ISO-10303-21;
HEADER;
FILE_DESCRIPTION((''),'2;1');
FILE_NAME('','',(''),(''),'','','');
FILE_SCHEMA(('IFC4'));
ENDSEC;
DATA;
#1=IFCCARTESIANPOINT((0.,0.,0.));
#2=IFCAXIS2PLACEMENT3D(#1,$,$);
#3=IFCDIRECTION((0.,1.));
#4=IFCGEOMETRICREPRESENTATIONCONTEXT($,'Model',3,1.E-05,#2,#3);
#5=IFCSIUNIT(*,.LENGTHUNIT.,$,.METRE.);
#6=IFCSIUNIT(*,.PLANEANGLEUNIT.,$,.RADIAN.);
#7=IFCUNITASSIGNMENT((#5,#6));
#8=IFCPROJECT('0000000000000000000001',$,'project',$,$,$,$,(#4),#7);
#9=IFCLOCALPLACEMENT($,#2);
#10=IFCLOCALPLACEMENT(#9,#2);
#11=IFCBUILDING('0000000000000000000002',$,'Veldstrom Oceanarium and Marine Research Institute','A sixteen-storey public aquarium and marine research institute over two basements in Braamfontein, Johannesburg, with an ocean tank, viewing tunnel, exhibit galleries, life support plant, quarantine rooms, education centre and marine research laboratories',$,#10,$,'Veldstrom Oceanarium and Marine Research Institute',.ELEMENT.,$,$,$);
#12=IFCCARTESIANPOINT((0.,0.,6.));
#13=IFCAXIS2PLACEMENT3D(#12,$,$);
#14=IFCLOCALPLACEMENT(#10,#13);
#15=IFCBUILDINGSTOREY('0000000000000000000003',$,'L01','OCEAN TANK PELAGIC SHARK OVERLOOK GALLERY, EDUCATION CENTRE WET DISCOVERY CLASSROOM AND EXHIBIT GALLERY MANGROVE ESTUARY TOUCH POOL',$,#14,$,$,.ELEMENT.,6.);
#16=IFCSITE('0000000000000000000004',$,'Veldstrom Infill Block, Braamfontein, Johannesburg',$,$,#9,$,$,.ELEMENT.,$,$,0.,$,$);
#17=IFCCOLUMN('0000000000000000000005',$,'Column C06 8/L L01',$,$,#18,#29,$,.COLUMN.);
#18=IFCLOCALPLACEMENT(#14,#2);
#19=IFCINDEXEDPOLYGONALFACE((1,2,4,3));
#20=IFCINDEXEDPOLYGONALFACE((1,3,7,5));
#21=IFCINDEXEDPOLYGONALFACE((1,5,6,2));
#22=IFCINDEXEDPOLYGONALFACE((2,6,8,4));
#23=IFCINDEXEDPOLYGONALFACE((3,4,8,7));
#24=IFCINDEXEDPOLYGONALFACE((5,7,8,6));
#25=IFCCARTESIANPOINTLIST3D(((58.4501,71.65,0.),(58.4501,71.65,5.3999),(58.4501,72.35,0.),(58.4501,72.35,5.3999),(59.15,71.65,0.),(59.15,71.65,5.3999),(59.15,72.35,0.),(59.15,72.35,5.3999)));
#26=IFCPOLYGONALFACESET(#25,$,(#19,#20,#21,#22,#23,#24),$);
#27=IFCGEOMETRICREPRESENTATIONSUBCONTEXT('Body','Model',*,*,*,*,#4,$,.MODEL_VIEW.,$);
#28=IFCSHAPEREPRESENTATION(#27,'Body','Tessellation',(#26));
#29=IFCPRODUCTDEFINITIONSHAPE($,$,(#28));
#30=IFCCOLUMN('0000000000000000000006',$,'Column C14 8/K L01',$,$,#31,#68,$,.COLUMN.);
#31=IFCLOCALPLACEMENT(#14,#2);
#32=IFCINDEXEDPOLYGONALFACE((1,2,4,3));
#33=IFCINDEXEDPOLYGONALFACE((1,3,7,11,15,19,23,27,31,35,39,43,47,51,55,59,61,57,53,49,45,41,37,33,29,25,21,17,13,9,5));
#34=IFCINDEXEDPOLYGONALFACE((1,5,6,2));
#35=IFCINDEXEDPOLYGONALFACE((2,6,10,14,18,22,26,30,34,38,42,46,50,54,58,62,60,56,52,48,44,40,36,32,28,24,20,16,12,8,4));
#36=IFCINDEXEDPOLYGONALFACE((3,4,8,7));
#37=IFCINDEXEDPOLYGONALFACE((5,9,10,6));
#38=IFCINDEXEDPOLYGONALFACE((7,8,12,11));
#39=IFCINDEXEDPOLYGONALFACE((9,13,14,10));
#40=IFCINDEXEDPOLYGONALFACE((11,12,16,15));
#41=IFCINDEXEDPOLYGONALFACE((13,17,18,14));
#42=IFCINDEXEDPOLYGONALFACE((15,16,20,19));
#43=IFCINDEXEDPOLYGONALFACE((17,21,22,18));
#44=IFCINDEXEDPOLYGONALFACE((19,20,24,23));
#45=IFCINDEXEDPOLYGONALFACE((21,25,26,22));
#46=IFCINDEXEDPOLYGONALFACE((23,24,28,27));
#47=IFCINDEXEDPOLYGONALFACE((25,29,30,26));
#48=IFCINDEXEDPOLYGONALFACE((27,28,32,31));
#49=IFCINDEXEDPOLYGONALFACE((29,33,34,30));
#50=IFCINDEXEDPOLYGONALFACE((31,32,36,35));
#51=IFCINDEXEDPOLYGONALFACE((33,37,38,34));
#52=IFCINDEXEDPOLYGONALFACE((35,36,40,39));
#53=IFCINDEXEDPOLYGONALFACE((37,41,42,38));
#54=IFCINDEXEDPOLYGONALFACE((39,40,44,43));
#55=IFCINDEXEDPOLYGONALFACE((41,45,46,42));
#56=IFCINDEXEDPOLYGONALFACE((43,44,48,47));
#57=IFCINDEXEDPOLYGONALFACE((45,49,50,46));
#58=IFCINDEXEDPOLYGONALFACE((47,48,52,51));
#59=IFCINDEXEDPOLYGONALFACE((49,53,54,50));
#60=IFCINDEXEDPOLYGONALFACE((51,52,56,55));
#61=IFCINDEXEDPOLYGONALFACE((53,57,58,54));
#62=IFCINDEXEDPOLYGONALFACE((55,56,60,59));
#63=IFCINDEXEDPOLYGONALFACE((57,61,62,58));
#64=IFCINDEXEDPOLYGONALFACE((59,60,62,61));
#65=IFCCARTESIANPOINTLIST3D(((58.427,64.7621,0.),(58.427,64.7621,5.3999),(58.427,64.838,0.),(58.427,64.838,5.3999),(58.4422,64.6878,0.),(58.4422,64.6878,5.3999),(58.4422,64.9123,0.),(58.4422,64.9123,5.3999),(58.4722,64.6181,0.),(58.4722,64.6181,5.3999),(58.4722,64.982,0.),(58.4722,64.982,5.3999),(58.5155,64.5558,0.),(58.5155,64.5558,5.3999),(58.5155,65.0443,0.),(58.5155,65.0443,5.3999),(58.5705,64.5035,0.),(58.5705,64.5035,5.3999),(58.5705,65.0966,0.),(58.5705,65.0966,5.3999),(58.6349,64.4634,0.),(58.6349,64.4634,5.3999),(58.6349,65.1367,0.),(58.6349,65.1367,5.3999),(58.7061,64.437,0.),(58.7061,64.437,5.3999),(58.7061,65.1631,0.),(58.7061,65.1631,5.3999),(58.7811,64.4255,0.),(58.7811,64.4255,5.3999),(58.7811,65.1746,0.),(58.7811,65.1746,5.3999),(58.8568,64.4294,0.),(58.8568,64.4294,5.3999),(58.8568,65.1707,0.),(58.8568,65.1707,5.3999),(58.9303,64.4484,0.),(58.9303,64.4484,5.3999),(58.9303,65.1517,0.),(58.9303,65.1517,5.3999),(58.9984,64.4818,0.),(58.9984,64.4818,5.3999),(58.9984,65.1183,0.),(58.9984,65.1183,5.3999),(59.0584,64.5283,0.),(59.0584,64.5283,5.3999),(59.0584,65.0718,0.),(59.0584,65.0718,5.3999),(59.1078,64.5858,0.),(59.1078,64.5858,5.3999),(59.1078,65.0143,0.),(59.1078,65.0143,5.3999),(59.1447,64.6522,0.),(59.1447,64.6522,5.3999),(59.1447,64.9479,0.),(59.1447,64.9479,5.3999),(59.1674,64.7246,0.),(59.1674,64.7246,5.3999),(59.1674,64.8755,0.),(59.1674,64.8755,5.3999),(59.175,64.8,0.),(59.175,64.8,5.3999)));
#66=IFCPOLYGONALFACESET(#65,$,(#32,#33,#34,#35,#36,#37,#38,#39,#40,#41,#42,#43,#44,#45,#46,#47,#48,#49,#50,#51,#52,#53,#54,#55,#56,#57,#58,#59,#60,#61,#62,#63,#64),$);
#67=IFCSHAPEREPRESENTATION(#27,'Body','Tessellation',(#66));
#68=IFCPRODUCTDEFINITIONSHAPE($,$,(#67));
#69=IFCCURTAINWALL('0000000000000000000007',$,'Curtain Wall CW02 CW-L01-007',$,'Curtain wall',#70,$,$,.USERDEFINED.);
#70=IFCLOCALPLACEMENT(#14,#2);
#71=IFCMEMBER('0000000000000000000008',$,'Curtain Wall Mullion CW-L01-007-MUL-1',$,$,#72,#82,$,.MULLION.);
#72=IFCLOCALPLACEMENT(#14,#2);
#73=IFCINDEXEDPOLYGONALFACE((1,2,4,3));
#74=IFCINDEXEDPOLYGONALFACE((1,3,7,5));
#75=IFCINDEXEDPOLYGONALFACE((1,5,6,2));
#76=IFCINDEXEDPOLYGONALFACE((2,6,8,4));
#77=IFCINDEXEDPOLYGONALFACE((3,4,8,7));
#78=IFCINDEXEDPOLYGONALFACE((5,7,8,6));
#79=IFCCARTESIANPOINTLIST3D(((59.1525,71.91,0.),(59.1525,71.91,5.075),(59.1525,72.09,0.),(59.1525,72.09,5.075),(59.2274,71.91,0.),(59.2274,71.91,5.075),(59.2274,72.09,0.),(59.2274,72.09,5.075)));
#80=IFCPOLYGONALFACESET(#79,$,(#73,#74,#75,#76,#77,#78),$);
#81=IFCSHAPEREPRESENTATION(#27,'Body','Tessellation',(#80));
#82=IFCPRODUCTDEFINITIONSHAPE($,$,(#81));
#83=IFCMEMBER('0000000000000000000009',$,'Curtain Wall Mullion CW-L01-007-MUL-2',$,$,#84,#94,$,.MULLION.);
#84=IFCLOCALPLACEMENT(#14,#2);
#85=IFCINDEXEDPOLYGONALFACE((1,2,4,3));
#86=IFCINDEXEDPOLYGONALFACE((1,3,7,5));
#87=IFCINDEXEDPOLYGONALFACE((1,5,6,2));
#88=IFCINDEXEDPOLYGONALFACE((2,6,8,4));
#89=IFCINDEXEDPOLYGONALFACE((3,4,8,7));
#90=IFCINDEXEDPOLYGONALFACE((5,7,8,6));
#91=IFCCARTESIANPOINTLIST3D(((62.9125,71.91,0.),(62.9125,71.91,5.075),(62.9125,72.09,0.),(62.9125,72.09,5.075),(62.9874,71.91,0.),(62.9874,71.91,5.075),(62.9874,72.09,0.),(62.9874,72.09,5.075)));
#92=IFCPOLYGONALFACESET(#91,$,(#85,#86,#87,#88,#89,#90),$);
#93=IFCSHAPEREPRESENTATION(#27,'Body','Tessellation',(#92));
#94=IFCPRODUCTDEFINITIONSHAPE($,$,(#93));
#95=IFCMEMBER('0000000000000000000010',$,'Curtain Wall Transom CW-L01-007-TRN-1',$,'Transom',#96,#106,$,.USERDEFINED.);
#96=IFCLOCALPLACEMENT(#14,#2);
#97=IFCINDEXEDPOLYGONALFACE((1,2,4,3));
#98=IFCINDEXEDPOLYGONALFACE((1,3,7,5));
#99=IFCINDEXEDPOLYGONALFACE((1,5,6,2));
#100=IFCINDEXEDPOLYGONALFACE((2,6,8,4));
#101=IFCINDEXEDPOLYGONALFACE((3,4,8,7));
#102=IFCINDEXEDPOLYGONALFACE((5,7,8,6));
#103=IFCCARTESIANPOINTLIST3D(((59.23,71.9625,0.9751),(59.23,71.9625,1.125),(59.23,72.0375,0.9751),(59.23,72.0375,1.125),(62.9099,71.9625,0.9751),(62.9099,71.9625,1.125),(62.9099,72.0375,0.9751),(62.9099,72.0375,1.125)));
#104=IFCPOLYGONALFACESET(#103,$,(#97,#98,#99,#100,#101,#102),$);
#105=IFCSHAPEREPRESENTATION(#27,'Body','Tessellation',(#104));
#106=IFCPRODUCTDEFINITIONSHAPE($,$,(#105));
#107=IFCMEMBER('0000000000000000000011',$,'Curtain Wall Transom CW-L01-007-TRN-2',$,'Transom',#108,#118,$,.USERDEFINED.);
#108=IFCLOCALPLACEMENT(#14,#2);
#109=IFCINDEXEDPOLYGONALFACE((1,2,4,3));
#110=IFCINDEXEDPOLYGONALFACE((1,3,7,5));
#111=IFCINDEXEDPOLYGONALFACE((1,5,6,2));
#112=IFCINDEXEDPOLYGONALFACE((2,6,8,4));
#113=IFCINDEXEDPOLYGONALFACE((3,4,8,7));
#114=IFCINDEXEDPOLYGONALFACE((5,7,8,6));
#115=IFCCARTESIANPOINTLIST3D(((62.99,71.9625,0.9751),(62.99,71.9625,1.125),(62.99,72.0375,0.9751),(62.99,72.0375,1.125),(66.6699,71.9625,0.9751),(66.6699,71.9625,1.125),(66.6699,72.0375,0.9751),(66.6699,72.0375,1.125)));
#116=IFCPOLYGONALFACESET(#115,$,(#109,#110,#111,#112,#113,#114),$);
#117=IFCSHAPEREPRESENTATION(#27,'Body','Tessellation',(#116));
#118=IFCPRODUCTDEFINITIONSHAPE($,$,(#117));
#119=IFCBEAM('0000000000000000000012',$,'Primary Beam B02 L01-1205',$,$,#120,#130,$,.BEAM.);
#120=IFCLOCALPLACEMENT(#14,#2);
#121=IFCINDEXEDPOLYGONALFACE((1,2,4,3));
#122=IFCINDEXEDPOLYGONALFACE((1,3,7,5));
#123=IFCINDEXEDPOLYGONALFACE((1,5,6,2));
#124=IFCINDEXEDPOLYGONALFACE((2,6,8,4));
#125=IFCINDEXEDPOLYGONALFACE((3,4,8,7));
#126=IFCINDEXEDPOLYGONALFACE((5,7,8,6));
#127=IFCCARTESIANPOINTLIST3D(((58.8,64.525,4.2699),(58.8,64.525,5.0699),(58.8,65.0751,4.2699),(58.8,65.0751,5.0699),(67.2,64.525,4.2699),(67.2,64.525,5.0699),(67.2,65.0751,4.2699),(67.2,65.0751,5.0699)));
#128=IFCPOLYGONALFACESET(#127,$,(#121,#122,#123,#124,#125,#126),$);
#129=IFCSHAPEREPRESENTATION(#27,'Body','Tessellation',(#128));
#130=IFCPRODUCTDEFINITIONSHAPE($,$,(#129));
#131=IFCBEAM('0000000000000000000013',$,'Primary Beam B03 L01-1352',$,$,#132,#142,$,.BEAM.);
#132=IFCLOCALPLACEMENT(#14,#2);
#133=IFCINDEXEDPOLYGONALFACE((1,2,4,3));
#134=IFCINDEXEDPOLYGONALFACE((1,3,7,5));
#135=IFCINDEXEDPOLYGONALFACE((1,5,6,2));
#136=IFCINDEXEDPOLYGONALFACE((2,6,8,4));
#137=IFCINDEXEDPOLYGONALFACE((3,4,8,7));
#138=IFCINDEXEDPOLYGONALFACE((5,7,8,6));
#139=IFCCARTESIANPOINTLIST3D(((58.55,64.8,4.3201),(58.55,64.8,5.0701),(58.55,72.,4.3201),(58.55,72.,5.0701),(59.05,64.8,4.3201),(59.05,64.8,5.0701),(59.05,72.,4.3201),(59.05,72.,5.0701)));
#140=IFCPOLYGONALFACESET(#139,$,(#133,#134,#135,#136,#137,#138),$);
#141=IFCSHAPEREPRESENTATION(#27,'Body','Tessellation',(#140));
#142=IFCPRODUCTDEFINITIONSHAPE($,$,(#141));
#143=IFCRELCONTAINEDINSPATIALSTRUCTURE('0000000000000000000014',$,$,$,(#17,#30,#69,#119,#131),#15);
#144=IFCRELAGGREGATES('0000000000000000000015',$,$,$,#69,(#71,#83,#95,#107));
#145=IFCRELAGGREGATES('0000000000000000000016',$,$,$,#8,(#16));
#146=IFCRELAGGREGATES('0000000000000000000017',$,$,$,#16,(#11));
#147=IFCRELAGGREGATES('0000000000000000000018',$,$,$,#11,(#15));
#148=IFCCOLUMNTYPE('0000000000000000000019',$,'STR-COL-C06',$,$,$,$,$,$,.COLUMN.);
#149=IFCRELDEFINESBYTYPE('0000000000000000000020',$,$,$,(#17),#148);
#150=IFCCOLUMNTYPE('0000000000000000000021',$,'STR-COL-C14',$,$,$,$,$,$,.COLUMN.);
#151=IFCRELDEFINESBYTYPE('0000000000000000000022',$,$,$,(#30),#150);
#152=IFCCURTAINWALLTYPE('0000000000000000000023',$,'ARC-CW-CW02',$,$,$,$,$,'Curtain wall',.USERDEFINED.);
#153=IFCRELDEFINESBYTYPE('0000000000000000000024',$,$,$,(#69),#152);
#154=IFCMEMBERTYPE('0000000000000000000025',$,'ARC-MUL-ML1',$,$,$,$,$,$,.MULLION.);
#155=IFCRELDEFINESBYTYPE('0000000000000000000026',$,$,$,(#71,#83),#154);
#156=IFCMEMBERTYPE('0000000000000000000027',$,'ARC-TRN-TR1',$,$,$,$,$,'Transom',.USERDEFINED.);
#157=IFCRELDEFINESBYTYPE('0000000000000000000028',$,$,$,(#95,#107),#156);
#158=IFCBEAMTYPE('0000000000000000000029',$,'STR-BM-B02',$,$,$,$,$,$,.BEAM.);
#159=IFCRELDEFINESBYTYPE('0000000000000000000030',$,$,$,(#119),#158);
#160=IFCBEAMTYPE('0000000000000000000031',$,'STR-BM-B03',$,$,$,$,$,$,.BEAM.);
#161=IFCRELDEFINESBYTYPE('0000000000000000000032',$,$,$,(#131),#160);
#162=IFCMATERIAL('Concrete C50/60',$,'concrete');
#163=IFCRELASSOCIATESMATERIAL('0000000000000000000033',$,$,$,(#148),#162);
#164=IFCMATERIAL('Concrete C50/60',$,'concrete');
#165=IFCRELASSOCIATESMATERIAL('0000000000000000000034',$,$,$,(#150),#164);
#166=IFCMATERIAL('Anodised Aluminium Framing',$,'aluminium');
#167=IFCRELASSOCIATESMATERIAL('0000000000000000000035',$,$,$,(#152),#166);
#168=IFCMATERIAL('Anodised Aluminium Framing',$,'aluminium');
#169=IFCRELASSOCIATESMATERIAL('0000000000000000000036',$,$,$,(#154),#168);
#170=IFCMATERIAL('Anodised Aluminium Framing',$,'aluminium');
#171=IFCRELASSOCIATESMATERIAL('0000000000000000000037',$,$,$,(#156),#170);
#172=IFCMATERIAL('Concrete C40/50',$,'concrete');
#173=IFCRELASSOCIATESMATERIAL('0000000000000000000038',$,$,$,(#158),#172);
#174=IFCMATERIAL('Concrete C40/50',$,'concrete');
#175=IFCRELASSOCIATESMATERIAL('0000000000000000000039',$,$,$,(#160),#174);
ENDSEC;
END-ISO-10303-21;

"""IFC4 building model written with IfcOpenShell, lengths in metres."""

from ifc_helpers import new_model, si_unit, direction, frame, origin, origin_2d, place, context, subcontext, project, spatial, rectangle, circle, extrude, material, material_profile, profile_set, type_object, element, aggregate, save


model = new_model("IFC4")

# Units and contexts
model_context = context("Model", 3, precision=1e-05, world=origin(), true_north=direction((0.0, 1.0)))
body_context = subcontext(model_context, "Body", "Model", "MODEL_VIEW")
ifc_project = project(units=[si_unit("LENGTHUNIT", "METRE"), si_unit("PLANEANGLEUNIT", "RADIAN")], contexts=[model_context])

# Site, building, storey
site_placement = place(None, origin())
site = spatial("IfcSite", under=ifc_project, at=site_placement, Name="Veldstrom Infill Block, Braamfontein, Johannesburg", CompositionType="ELEMENT", RefElevation=0.0)
building_placement = place(site_placement, origin())
building = spatial("IfcBuilding", under=site, at=building_placement, Name="Veldstrom Oceanarium and Marine Research Institute", Description="A sixteen-storey public aquarium and marine research institute over two basements in Braamfontein, Johannesburg, with an ocean tank, viewing tunnel, exhibit galleries, life support plant, quarantine rooms, education centre and marine research laboratories", LongName="Veldstrom Oceanarium and Marine Research Institute", CompositionType="ELEMENT")
storey_placement = place(building_placement, frame((0.0, 0.0, 6.0)))
storey = spatial("IfcBuildingStorey", under=building, at=storey_placement, Name="L01", Description="OCEAN TANK PELAGIC SHARK OVERLOOK GALLERY, EDUCATION CENTRE WET DISCOVERY CLASSROOM AND EXHIBIT GALLERY MANGROVE ESTUARY TOUCH POOL", CompositionType="ELEMENT", Elevation=6.0)

# Columns
ifc_material_1 = material(Name="Concrete C50/60", Category="concrete")
ifc_material_profile_1 = material_profile(ifc_material_1, rectangle(XDim=0.7, YDim=0.7, at=origin_2d()), Name="RC-COL-700x700")
ifc_profile_set_1 = profile_set([ifc_material_profile_1], Name="Concrete C50/60")
column_type_1 = type_object("IfcColumnType", Name="STR-COL-C06", PredefinedType="COLUMN", material=ifc_profile_set_1)
column_1_placement = place(storey_placement, frame((58.8, 72.0, 0.0), z_axis=(0.0, 0.0, 1.0), x_axis=(1.0, 0.0, 0.0)))
element("IfcColumn", 1, at=column_1_placement, inside=storey, type_object=column_type_1, Name="Column C06 8/L L01", PredefinedType="COLUMN", context=body_context, shape_type="SweptSolid", body=[
    extrude(rectangle(XDim=0.7, YDim=0.7, at=origin_2d()), origin(), (0.0, 0.0, 1.0), 5.3999),
])
ifc_material_2 = material(Name="Concrete C50/60", Category="concrete")
ifc_material_profile_2 = material_profile(ifc_material_2, circle(Radius=0.375, at=origin_2d()), Name="RC-COL-D750")
ifc_profile_set_2 = profile_set([ifc_material_profile_2], Name="Concrete C50/60")
column_type_2 = type_object("IfcColumnType", Name="STR-COL-C14", PredefinedType="COLUMN", material=ifc_profile_set_2)
column_2_placement = place(storey_placement, frame((58.8, 64.8, 0.0), z_axis=(0.0, 0.0, 1.0), x_axis=(1.0, 0.0, 0.0)))
element("IfcColumn", 2, at=column_2_placement, inside=storey, type_object=column_type_2, Name="Column C14 8/K L01", PredefinedType="COLUMN", context=body_context, shape_type="SweptSolid", body=[
    extrude(circle(Radius=0.375, at=origin_2d()), origin(), (0.0, 0.0, 1.0), 5.3999),
])

# Curtain wall, members
ifc_material_3 = material(Name="Anodised Aluminium Framing", Category="aluminium")
curtain_wall_type = type_object("IfcCurtainWallType", Name="ARC-CW-CW02", ElementType="Curtain wall", PredefinedType="USERDEFINED", material=ifc_material_3)
curtain_wall_placement = place(storey_placement, origin())
curtain_wall = element("IfcCurtainWall", 3, at=curtain_wall_placement, inside=storey, type_object=curtain_wall_type, Name="Curtain Wall CW02 CW-L01-007", ObjectType="Curtain wall", PredefinedType="USERDEFINED")
ifc_material_4 = material(Name="Anodised Aluminium Framing", Category="aluminium")
ifc_material_profile_3 = material_profile(ifc_material_4, rectangle(XDim=0.075, YDim=0.1799, at=origin_2d()), Name="ALU-MUL-75x180")
ifc_profile_set_3 = profile_set([ifc_material_profile_3], Name="Anodised Aluminium Framing")
member_type_1 = type_object("IfcMemberType", Name="ARC-MUL-ML1", PredefinedType="MULLION", material=ifc_profile_set_3)
member_1_placement = place(storey_placement, frame((59.1899, 72.0, 0.0), z_axis=(0.0, 0.0, 1.0), x_axis=(1.0, 0.0, 0.0)))
member_1 = element("IfcMember", 4, at=member_1_placement, type_object=member_type_1, Name="Curtain Wall Mullion CW-L01-007-MUL-1", PredefinedType="MULLION", context=body_context, shape_type="SweptSolid", body=[
    extrude(rectangle(XDim=0.075, YDim=0.1799, at=origin_2d()), origin(), (0.0, 0.0, 1.0), 5.075),
])
member_2_placement = place(storey_placement, frame((62.95, 72.0, 0.0), z_axis=(0.0, 0.0, 1.0), x_axis=(1.0, 0.0, 0.0)))
member_2 = element("IfcMember", 5, at=member_2_placement, type_object=member_type_1, Name="Curtain Wall Mullion CW-L01-007-MUL-2", PredefinedType="MULLION", context=body_context, shape_type="SweptSolid", body=[
    extrude(rectangle(XDim=0.075, YDim=0.1799, at=origin_2d()), origin(), (0.0, 0.0, 1.0), 5.075),
])
ifc_material_5 = material(Name="Anodised Aluminium Framing", Category="aluminium")
ifc_material_profile_4 = material_profile(ifc_material_5, rectangle(XDim=0.075, YDim=0.1499, at=origin_2d()), Name="ALU-TRN-75x150")
ifc_profile_set_4 = profile_set([ifc_material_profile_4], Name="Anodised Aluminium Framing")
member_type_2 = type_object("IfcMemberType", Name="ARC-TRN-TR1", ElementType="Transom", PredefinedType="USERDEFINED", material=ifc_profile_set_4)
member_3_placement = place(storey_placement, frame((59.23, 72.0, 1.05), z_axis=(1.0, 0.0, 0.0), x_axis=(0.0, 1.0, 0.0)))
member_3 = element("IfcMember", 6, at=member_3_placement, type_object=member_type_2, Name="Curtain Wall Transom CW-L01-007-TRN-1", ObjectType="Transom", PredefinedType="USERDEFINED", context=body_context, shape_type="SweptSolid", body=[
    extrude(rectangle(XDim=0.075, YDim=0.1499, at=origin_2d()), origin(), (0.0, 0.0, 1.0), 3.6799),
])
member_4_placement = place(storey_placement, frame((62.99, 72.0, 1.05), z_axis=(1.0, 0.0, 0.0), x_axis=(0.0, 1.0, 0.0)))
member_4 = element("IfcMember", 7, at=member_4_placement, type_object=member_type_2, Name="Curtain Wall Transom CW-L01-007-TRN-2", ObjectType="Transom", PredefinedType="USERDEFINED", context=body_context, shape_type="SweptSolid", body=[
    extrude(rectangle(XDim=0.075, YDim=0.1499, at=origin_2d()), origin(), (0.0, 0.0, 1.0), 3.6799),
])

# Beams
ifc_material_6 = material(Name="Concrete C40/50", Category="concrete")
ifc_material_profile_5 = material_profile(ifc_material_6, rectangle(XDim=0.55, YDim=0.8, at=origin_2d()), Name="RC-BM-550x800")
ifc_profile_set_5 = profile_set([ifc_material_profile_5], Name="Concrete C40/50")
beam_type_1 = type_object("IfcBeamType", Name="STR-BM-B02", PredefinedType="BEAM", material=ifc_profile_set_5)
beam_1_placement = place(storey_placement, frame((58.8, 64.8, 4.6699), z_axis=(1.0, 0.0, 0.0), x_axis=(0.0, 1.0, 0.0)))
element("IfcBeam", 8, at=beam_1_placement, inside=storey, type_object=beam_type_1, Name="Primary Beam B02 L01-1205", PredefinedType="BEAM", context=body_context, shape_type="SweptSolid", body=[
    extrude(rectangle(XDim=0.55, YDim=0.8, at=origin_2d()), origin(), (0.0, 0.0, 1.0), 8.3999),
])
ifc_material_7 = material(Name="Concrete C40/50", Category="concrete")
ifc_material_profile_6 = material_profile(ifc_material_7, rectangle(XDim=0.5, YDim=0.75, at=origin_2d()), Name="RC-BM-500x750")
ifc_profile_set_6 = profile_set([ifc_material_profile_6], Name="Concrete C40/50")
beam_type_2 = type_object("IfcBeamType", Name="STR-BM-B03", PredefinedType="BEAM", material=ifc_profile_set_6)
beam_2_placement = place(storey_placement, frame((58.8, 64.8, 4.6951), z_axis=(0.0, 1.0, 0.0), x_axis=(-1.0, 0.0, 0.0)))
element("IfcBeam", 9, at=beam_2_placement, inside=storey, type_object=beam_type_2, Name="Primary Beam B03 L01-1352", PredefinedType="BEAM", context=body_context, shape_type="SweptSolid", body=[
    extrude(rectangle(XDim=0.5, YDim=0.75, at=origin_2d()), origin(), (0.0, 0.0, 1.0), 7.2),
])

aggregate(curtain_wall, [member_1, member_2, member_3, member_4])

save(model, "model.ifc")
